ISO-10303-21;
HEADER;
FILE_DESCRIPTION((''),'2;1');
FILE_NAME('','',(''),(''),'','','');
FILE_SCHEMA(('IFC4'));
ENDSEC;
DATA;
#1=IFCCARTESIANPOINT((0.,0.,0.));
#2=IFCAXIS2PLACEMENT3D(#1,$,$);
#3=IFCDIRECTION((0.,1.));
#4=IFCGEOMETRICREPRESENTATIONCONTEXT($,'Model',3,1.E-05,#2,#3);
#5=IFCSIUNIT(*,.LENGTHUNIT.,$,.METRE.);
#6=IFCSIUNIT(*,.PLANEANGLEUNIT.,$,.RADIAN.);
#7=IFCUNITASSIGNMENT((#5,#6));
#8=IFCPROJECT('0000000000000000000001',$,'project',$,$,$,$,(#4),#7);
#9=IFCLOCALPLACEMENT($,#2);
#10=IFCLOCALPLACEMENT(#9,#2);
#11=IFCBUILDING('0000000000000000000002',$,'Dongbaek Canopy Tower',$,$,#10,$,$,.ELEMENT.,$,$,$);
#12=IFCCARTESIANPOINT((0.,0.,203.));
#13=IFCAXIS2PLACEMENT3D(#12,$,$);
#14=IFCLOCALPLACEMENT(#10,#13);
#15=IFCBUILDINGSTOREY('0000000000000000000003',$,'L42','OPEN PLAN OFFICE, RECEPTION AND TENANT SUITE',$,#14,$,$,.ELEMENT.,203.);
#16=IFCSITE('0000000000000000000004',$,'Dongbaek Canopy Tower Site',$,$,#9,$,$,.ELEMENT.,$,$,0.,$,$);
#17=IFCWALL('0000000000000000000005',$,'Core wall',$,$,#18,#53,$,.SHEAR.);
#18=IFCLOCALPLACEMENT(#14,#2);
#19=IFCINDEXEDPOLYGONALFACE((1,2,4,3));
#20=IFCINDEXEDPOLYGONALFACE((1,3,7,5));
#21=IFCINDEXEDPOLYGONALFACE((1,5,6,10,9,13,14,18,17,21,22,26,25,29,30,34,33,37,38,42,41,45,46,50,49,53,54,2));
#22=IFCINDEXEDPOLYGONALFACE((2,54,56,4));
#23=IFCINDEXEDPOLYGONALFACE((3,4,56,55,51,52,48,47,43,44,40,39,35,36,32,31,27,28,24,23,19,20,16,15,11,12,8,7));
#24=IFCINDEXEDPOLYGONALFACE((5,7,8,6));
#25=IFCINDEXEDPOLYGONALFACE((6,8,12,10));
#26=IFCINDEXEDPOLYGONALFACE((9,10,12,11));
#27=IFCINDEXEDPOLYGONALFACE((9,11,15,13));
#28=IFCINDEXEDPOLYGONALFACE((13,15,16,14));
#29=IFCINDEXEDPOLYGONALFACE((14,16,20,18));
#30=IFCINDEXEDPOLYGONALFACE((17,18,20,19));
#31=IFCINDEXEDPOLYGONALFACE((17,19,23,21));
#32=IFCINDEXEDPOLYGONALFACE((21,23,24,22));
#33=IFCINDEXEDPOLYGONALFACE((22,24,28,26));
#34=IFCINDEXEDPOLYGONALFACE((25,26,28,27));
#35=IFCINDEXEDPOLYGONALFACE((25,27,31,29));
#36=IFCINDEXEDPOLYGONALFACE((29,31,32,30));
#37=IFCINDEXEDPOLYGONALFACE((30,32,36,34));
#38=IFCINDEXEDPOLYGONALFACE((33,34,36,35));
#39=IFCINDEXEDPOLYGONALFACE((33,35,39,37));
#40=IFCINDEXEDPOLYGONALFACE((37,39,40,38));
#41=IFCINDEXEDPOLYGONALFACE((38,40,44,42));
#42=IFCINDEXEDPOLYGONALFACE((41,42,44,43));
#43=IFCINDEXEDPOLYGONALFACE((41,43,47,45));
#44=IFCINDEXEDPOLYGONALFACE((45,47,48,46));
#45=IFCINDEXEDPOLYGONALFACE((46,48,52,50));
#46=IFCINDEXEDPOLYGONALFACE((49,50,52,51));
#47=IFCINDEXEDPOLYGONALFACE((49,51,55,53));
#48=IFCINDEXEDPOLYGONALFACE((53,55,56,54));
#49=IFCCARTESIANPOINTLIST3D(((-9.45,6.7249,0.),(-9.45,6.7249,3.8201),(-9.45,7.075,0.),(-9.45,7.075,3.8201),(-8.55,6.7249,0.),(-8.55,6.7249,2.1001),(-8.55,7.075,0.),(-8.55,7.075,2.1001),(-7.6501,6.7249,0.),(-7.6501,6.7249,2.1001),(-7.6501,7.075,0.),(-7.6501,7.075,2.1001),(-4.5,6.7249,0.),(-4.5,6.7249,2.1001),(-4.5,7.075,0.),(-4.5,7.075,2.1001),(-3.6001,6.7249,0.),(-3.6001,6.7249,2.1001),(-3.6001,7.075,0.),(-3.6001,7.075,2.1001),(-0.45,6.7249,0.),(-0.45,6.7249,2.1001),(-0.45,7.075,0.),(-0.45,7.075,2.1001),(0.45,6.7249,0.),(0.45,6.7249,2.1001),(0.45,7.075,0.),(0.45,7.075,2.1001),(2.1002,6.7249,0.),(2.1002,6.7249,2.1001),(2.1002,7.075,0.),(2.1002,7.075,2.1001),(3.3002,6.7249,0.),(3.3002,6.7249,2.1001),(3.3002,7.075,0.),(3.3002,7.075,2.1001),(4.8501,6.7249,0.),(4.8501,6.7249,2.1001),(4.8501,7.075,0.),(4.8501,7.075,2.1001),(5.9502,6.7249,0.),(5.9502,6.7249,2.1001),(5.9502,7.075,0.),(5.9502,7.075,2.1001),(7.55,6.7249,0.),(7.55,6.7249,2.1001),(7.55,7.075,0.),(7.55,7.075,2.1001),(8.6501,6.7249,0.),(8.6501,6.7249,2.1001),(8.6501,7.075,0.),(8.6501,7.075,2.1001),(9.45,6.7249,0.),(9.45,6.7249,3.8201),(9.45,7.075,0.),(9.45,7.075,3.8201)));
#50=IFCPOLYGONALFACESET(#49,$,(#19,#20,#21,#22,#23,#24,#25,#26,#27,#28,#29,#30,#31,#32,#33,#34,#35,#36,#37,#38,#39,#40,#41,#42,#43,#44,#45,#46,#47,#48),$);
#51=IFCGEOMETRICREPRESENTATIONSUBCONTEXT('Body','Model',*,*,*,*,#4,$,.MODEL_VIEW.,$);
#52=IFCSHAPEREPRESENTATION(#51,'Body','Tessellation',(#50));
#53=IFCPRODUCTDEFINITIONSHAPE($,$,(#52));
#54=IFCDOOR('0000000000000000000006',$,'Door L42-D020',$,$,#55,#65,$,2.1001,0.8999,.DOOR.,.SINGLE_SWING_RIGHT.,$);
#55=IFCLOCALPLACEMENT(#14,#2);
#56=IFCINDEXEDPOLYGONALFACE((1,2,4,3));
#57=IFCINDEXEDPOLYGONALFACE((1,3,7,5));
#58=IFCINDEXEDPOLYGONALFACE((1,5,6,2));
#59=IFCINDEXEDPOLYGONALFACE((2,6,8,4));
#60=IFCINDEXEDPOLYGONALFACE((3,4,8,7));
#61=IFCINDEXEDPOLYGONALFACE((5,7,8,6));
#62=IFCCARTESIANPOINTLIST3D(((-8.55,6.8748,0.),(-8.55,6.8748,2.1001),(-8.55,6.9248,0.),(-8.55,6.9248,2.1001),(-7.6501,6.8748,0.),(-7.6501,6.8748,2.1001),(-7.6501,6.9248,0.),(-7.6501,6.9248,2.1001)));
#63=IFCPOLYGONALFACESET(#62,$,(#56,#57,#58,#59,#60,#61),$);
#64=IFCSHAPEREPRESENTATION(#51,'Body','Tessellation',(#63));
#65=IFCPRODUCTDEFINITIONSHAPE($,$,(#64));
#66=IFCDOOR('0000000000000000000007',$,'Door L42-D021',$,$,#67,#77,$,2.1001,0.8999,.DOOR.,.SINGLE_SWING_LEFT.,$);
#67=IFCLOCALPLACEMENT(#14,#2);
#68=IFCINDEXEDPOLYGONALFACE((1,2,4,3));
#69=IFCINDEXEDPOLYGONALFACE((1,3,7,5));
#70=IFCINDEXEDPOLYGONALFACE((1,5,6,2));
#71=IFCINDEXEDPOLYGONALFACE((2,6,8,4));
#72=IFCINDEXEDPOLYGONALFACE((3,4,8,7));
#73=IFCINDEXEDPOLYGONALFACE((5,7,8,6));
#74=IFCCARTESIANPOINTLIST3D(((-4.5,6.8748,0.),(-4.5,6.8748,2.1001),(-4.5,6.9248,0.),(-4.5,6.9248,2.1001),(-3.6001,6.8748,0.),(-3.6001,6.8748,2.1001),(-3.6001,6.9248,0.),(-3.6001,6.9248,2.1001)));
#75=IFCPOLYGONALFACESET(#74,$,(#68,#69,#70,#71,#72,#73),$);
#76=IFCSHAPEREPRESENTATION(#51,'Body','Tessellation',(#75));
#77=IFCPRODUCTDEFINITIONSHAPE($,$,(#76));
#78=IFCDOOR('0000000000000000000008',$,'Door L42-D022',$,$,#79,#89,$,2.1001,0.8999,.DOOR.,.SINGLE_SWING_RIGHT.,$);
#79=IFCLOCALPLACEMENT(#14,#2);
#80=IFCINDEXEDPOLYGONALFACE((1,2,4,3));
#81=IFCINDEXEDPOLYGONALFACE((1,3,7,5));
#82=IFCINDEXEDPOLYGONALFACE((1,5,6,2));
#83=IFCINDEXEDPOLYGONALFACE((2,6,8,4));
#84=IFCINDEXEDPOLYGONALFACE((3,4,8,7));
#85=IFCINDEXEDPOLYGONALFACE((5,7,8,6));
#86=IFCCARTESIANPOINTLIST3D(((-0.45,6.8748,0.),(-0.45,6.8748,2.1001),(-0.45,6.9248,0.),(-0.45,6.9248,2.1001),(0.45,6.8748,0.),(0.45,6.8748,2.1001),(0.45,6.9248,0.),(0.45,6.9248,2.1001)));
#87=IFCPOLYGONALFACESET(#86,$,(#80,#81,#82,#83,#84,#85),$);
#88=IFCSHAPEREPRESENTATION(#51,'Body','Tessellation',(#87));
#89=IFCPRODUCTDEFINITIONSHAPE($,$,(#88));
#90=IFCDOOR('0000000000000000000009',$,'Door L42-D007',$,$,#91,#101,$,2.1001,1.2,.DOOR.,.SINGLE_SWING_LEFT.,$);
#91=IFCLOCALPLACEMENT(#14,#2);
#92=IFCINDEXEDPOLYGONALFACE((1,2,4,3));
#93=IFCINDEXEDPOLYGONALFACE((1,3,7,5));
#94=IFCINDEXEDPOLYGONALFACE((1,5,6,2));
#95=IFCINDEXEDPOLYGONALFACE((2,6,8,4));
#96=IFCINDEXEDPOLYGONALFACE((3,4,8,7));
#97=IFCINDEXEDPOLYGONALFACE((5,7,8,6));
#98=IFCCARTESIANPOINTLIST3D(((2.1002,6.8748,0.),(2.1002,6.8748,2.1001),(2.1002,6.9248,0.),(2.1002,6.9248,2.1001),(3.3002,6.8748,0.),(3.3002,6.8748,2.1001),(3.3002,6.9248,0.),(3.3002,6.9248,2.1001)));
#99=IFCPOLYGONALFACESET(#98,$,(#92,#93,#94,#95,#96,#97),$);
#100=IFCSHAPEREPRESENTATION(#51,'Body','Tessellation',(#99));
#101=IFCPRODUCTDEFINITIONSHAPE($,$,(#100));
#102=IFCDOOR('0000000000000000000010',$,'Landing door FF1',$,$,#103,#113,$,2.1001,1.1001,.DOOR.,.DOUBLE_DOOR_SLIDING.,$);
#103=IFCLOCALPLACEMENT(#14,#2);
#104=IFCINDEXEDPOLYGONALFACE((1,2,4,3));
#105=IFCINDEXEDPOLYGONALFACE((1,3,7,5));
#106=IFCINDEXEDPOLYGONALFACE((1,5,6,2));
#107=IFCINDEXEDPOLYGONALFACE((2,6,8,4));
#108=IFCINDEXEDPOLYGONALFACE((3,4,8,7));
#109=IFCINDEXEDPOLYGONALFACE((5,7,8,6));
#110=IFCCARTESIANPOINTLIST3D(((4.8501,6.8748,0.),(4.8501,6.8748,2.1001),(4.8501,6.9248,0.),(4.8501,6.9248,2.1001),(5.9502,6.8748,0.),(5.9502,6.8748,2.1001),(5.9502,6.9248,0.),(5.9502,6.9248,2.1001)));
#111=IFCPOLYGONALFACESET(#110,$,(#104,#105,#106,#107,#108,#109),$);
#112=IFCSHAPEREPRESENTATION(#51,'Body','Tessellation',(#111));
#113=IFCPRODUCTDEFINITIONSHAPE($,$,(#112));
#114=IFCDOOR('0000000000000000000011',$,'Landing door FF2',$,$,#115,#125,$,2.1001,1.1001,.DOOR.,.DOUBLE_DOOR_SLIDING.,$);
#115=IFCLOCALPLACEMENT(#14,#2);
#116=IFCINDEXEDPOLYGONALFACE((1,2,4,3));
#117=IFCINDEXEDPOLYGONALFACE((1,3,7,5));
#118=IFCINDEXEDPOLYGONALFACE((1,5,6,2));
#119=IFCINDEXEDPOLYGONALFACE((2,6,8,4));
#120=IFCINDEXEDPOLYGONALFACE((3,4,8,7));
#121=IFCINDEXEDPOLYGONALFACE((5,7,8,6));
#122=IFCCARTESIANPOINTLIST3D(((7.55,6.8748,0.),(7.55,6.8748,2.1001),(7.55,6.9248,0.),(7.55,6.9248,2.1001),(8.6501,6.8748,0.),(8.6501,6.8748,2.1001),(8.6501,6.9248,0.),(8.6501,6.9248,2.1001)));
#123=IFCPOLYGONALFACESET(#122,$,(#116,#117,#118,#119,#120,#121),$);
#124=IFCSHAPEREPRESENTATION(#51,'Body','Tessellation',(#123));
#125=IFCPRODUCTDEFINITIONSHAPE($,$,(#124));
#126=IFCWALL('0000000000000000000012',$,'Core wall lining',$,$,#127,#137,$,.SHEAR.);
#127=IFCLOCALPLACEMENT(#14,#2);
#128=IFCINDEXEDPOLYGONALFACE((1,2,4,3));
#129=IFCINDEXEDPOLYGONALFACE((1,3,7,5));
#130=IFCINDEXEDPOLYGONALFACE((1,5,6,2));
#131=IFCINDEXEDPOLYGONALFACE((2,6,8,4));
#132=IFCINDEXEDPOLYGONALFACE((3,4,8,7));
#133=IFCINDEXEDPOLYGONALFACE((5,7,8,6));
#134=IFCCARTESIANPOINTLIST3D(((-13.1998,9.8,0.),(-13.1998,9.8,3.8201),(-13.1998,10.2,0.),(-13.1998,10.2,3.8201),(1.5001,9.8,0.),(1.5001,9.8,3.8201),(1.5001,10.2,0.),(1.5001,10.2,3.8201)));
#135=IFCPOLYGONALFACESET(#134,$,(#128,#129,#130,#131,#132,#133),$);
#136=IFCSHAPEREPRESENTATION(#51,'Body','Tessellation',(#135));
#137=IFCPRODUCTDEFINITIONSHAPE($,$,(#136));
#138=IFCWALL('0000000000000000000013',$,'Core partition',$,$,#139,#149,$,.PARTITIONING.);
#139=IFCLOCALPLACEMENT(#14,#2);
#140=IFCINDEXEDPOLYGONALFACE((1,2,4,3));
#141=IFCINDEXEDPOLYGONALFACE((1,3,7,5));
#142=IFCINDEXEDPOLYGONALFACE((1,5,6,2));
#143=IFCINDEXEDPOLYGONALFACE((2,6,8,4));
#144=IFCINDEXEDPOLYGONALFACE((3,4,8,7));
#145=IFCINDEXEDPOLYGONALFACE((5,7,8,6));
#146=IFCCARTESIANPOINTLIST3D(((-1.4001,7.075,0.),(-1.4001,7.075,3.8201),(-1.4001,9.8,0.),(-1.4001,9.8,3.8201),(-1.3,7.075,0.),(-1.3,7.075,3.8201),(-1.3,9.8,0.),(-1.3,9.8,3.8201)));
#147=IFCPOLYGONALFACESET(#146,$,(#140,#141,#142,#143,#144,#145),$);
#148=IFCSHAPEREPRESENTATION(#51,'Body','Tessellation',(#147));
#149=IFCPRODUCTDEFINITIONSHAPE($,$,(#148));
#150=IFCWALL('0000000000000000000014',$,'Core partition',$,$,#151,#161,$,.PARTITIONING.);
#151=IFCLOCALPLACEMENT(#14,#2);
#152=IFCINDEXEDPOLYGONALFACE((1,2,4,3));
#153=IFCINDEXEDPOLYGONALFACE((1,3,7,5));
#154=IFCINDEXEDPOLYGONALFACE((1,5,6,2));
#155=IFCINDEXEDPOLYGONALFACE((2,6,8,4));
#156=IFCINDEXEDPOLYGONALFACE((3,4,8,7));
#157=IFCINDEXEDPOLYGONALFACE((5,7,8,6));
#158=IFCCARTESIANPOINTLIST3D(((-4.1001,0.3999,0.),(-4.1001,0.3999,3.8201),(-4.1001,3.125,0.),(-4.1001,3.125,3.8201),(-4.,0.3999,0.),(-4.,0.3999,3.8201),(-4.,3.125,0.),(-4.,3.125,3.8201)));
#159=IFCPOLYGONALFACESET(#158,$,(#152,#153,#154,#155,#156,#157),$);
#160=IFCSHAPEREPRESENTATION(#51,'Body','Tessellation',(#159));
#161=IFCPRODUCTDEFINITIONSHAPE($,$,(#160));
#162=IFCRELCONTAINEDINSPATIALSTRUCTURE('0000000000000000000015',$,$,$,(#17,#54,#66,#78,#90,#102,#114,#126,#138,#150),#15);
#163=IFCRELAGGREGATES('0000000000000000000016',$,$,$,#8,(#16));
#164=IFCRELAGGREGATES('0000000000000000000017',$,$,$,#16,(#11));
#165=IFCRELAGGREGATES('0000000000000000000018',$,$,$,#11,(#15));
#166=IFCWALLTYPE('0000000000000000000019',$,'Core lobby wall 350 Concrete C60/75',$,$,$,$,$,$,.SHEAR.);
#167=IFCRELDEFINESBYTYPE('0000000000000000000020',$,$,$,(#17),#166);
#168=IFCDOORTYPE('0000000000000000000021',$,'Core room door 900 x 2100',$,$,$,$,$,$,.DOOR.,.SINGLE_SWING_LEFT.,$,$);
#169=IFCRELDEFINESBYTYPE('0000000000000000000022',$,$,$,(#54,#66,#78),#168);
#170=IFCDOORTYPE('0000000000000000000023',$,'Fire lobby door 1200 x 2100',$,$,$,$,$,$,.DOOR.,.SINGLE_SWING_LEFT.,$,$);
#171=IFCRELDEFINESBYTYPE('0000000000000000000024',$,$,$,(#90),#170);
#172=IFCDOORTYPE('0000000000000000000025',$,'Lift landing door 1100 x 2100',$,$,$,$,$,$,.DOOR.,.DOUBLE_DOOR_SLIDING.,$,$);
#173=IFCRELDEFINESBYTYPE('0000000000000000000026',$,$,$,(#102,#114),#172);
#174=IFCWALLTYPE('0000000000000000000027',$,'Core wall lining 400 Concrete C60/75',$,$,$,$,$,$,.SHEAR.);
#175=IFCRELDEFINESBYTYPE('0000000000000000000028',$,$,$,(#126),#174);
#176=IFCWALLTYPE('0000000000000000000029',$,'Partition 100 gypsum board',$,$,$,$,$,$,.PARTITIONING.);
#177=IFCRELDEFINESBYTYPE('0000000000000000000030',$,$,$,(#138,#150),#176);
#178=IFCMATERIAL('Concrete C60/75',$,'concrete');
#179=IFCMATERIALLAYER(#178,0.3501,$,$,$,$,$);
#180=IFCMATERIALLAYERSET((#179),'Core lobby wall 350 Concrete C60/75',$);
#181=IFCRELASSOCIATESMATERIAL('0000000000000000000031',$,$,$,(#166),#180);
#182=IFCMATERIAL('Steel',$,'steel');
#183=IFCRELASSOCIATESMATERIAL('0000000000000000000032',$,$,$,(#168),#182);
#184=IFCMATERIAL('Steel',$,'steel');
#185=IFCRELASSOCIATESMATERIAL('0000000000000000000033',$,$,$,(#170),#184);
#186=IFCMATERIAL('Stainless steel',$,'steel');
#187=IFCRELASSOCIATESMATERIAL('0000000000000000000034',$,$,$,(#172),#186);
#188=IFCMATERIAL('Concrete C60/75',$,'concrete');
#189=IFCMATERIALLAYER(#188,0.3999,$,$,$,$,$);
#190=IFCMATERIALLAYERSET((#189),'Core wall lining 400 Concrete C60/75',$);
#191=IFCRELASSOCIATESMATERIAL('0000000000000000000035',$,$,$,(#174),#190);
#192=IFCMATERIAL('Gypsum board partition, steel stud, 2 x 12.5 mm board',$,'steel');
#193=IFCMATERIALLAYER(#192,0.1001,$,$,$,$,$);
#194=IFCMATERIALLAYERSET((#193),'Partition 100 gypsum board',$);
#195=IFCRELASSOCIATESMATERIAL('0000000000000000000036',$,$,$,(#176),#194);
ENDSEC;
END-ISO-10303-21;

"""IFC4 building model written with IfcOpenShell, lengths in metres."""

from ifc_helpers import new_model, si_unit, direction, frame, frame_2d, origin, place, context, subcontext, project, spatial, rectangle, extrude, material, layer, layer_set, type_object, element, fill, save


model = new_model("IFC4")

# Units and contexts
model_context = context("Model", 3, precision=1e-05, world=origin(), true_north=direction((0.0, 1.0)))
body_context = subcontext(model_context, "Body", "Model", "MODEL_VIEW")
ifc_project = project(units=[si_unit("LENGTHUNIT", "METRE"), si_unit("PLANEANGLEUNIT", "RADIAN")], contexts=[model_context])

# Site, building, storey
site_placement = place(None, origin())
site = spatial("IfcSite", under=ifc_project, at=site_placement, Name="Dongbaek Canopy Tower Site", CompositionType="ELEMENT", RefElevation=0.0)
building_placement = place(site_placement, origin())
building = spatial("IfcBuilding", under=site, at=building_placement, Name="Dongbaek Canopy Tower", CompositionType="ELEMENT")
storey_placement = place(building_placement, frame((0.0, 0.0, 203.0)))
storey = spatial("IfcBuildingStorey", under=building, at=storey_placement, Name="L42", Description="OPEN PLAN OFFICE, RECEPTION AND TENANT SUITE", CompositionType="ELEMENT", Elevation=203.0)

# Wall, openings, doors
ifc_material_1 = material(Name="Concrete C60/75", Category="concrete")
ifc_layer_1 = layer(ifc_material_1, 0.3501)
ifc_layer_set_1 = layer_set([ifc_layer_1], Name="Core lobby wall 350 Concrete C60/75")
wall_type_1 = type_object("IfcWallType", Name="Core lobby wall 350 Concrete C60/75", PredefinedType="SHEAR", material=ifc_layer_set_1)
wall_1_placement = place(storey_placement, frame((-9.45, 6.8999, 0.0), z_axis=(0.0, 0.0, 1.0), x_axis=(1.0, 0.0, 0.0)))
wall_1 = element("IfcWall", 1, at=wall_1_placement, inside=storey, type_object=wall_type_1, Name="Core wall", PredefinedType="SHEAR", context=body_context, shape_type="SweptSolid", body=[
    extrude(rectangle(XDim=18.8999, YDim=0.3501, at=frame_2d((9.45, 0.0))), origin(), (0.0, 0.0, 1.0), 3.8201),
])
opening_1_placement = place(wall_1_placement, frame((11.55, 0.0, 0.0)))
opening_1 = element("IfcOpeningElement", 2, at=opening_1_placement, cuts=wall_1, PredefinedType="OPENING", context=body_context, shape_type="SweptSolid", body=[
    extrude(rectangle(XDim=1.2, YDim=2.1001, at=frame_2d((0.6001, 1.05))), frame((0.0, 0.1851, 0.0), z_axis=(0.0, -1.0, 0.0), x_axis=(1.0, 0.0, 0.0)), (0.0, 0.0, 1.0), 0.3701),
])
opening_2_placement = place(wall_1_placement, frame((14.3, 0.0, 0.0)))
opening_2 = element("IfcOpeningElement", 3, at=opening_2_placement, cuts=wall_1, PredefinedType="OPENING", context=body_context, shape_type="SweptSolid", body=[
    extrude(rectangle(XDim=1.1001, YDim=2.1001, at=frame_2d((0.55, 1.05))), frame((0.0, 0.1851, 0.0), z_axis=(0.0, -1.0, 0.0), x_axis=(1.0, 0.0, 0.0)), (0.0, 0.0, 1.0), 0.3701),
])
opening_3_placement = place(wall_1_placement, frame((17.0, 0.0, 0.0)))
opening_3 = element("IfcOpeningElement", 4, at=opening_3_placement, cuts=wall_1, PredefinedType="OPENING", context=body_context, shape_type="SweptSolid", body=[
    extrude(rectangle(XDim=1.1001, YDim=2.1001, at=frame_2d((0.55, 1.05))), frame((0.0, 0.1851, 0.0), z_axis=(0.0, -1.0, 0.0), x_axis=(1.0, 0.0, 0.0)), (0.0, 0.0, 1.0), 0.3701),
])
opening_4_placement = place(wall_1_placement, frame((0.8999, 0.0, 0.0)))
opening_4 = element("IfcOpeningElement", 5, at=opening_4_placement, cuts=wall_1, PredefinedType="OPENING", context=body_context, shape_type="SweptSolid", body=[
    extrude(rectangle(XDim=0.8999, YDim=2.1001, at=frame_2d((0.45, 1.05))), frame((0.0, 0.1851, 0.0), z_axis=(0.0, -1.0, 0.0), x_axis=(1.0, 0.0, 0.0)), (0.0, 0.0, 1.0), 0.3701),
])
opening_5_placement = place(wall_1_placement, frame((4.95, 0.0, 0.0)))
opening_5 = element("IfcOpeningElement", 6, at=opening_5_placement, cuts=wall_1, PredefinedType="OPENING", context=body_context, shape_type="SweptSolid", body=[
    extrude(rectangle(XDim=0.8999, YDim=2.1001, at=frame_2d((0.45, 1.05))), frame((0.0, 0.1851, 0.0), z_axis=(0.0, -1.0, 0.0), x_axis=(1.0, 0.0, 0.0)), (0.0, 0.0, 1.0), 0.3701),
])
opening_6_placement = place(wall_1_placement, frame((9.0, 0.0, 0.0)))
opening_6 = element("IfcOpeningElement", 7, at=opening_6_placement, cuts=wall_1, PredefinedType="OPENING", context=body_context, shape_type="SweptSolid", body=[
    extrude(rectangle(XDim=0.8999, YDim=2.1001, at=frame_2d((0.45, 1.05))), frame((0.0, 0.1851, 0.0), z_axis=(0.0, -1.0, 0.0), x_axis=(1.0, 0.0, 0.0)), (0.0, 0.0, 1.0), 0.3701),
])
ifc_material_2 = material(Name="Steel", Category="steel")
door_type_1 = type_object("IfcDoorType", Name="Core room door 900 x 2100", OperationType="SINGLE_SWING_LEFT", PredefinedType="DOOR", material=ifc_material_2)
door_1_placement = place(opening_4_placement, origin())
door_1 = element("IfcDoor", 8, at=door_1_placement, inside=storey, type_object=door_type_1, Name="Door L42-D020", OperationType="SINGLE_SWING_RIGHT", OverallHeight=2.1001, OverallWidth=0.8999, PredefinedType="DOOR", context=body_context, shape_type="SweptSolid", body=[
    extrude(rectangle(XDim=0.8999, YDim=2.1001, at=frame_2d((0.45, 1.05))), frame((0.0, 0.0249, 0.0), z_axis=(0.0, -1.0, 0.0), x_axis=(1.0, 0.0, 0.0)), (0.0, 0.0, 1.0), 0.05),
])
fill(opening_4, door_1)
door_2_placement = place(opening_5_placement, origin())
door_2 = element("IfcDoor", 9, at=door_2_placement, inside=storey, type_object=door_type_1, Name="Door L42-D021", OperationType="SINGLE_SWING_LEFT", OverallHeight=2.1001, OverallWidth=0.8999, PredefinedType="DOOR", context=body_context, shape_type="SweptSolid", body=[
    extrude(rectangle(XDim=0.8999, YDim=2.1001, at=frame_2d((0.45, 1.05))), frame((0.0, 0.0249, 0.0), z_axis=(0.0, -1.0, 0.0), x_axis=(1.0, 0.0, 0.0)), (0.0, 0.0, 1.0), 0.05),
])
fill(opening_5, door_2)
door_3_placement = place(opening_6_placement, origin())
door_3 = element("IfcDoor", 10, at=door_3_placement, inside=storey, type_object=door_type_1, Name="Door L42-D022", OperationType="SINGLE_SWING_RIGHT", OverallHeight=2.1001, OverallWidth=0.8999, PredefinedType="DOOR", context=body_context, shape_type="SweptSolid", body=[
    extrude(rectangle(XDim=0.8999, YDim=2.1001, at=frame_2d((0.45, 1.05))), frame((0.0, 0.0249, 0.0), z_axis=(0.0, -1.0, 0.0), x_axis=(1.0, 0.0, 0.0)), (0.0, 0.0, 1.0), 0.05),
])
fill(opening_6, door_3)
ifc_material_3 = material(Name="Steel", Category="steel")
door_type_2 = type_object("IfcDoorType", Name="Fire lobby door 1200 x 2100", OperationType="SINGLE_SWING_LEFT", PredefinedType="DOOR", material=ifc_material_3)
door_4_placement = place(opening_1_placement, origin())
door_4 = element("IfcDoor", 11, at=door_4_placement, inside=storey, type_object=door_type_2, Name="Door L42-D007", OperationType="SINGLE_SWING_LEFT", OverallHeight=2.1001, OverallWidth=1.2, PredefinedType="DOOR", context=body_context, shape_type="SweptSolid", body=[
    extrude(rectangle(XDim=1.2, YDim=2.1001, at=frame_2d((0.6001, 1.05))), frame((0.0, 0.0249, 0.0), z_axis=(0.0, -1.0, 0.0), x_axis=(1.0, 0.0, 0.0)), (0.0, 0.0, 1.0), 0.05),
])
fill(opening_1, door_4)
ifc_material_4 = material(Name="Stainless steel", Category="steel")
door_type_3 = type_object("IfcDoorType", Name="Lift landing door 1100 x 2100", OperationType="DOUBLE_DOOR_SLIDING", PredefinedType="DOOR", material=ifc_material_4)
door_5_placement = place(opening_2_placement, origin())
door_5 = element("IfcDoor", 12, at=door_5_placement, inside=storey, type_object=door_type_3, Name="Landing door FF1", OperationType="DOUBLE_DOOR_SLIDING", OverallHeight=2.1001, OverallWidth=1.1001, PredefinedType="DOOR", context=body_context, shape_type="SweptSolid", body=[
    extrude(rectangle(XDim=1.1001, YDim=2.1001, at=frame_2d((0.55, 1.05))), frame((0.0, 0.0249, 0.0), z_axis=(0.0, -1.0, 0.0), x_axis=(1.0, 0.0, 0.0)), (0.0, 0.0, 1.0), 0.05),
])
fill(opening_2, door_5)
door_6_placement = place(opening_3_placement, origin())
door_6 = element("IfcDoor", 13, at=door_6_placement, inside=storey, type_object=door_type_3, Name="Landing door FF2", OperationType="DOUBLE_DOOR_SLIDING", OverallHeight=2.1001, OverallWidth=1.1001, PredefinedType="DOOR", context=body_context, shape_type="SweptSolid", body=[
    extrude(rectangle(XDim=1.1001, YDim=2.1001, at=frame_2d((0.55, 1.05))), frame((0.0, 0.0249, 0.0), z_axis=(0.0, -1.0, 0.0), x_axis=(1.0, 0.0, 0.0)), (0.0, 0.0, 1.0), 0.05),
])
fill(opening_3, door_6)

# Walls
ifc_material_5 = material(Name="Concrete C60/75", Category="concrete")
ifc_layer_2 = layer(ifc_material_5, 0.3999)
ifc_layer_set_2 = layer_set([ifc_layer_2], Name="Core wall lining 400 Concrete C60/75")
wall_type_2 = type_object("IfcWallType", Name="Core wall lining 400 Concrete C60/75", PredefinedType="SHEAR", material=ifc_layer_set_2)
wall_2_placement = place(storey_placement, frame((-13.2, 10.0, 0.0), z_axis=(0.0, 0.0, 1.0), x_axis=(1.0, 0.0, 0.0)))
element("IfcWall", 14, at=wall_2_placement, inside=storey, type_object=wall_type_2, Name="Core wall lining", PredefinedType="SHEAR", context=body_context, shape_type="SweptSolid", body=[
    extrude(rectangle(XDim=14.7, YDim=0.3999, at=frame_2d((7.3501, 0.0))), origin(), (0.0, 0.0, 1.0), 3.8201),
])
ifc_material_6 = material(Name="Gypsum board partition, steel stud, 2 x 12.5 mm board", Category="steel")
ifc_layer_3 = layer(ifc_material_6, 0.1001)
ifc_layer_set_3 = layer_set([ifc_layer_3], Name="Partition 100 gypsum board")
wall_type_3 = type_object("IfcWallType", Name="Partition 100 gypsum board", PredefinedType="PARTITIONING", material=ifc_layer_set_3)
for number, where, z_axis, x_axis, name in (
    (15, (-1.3501, 7.075, 0.0), (0.0, 0.0, 1.0), (0.0, 1.0, 0.0), "Core partition"),
    (16, (-4.05, 0.3999, 0.0), (0.0, 0.0, 1.0), (0.0, 1.0, 0.0), "Core partition"),
):
    element("IfcWall", number, at=place(storey_placement, frame(where, z_axis=z_axis, x_axis=x_axis)), inside=storey, type_object=wall_type_3, Name=name, PredefinedType="PARTITIONING", context=body_context, shape_type="SweptSolid", body=[
        extrude(rectangle(XDim=2.7251, YDim=0.1001, at=frame_2d((1.3625, 0.0))), origin(), (0.0, 0.0, 1.0), 3.8201),
    ])

save(model, "model.ifc")
